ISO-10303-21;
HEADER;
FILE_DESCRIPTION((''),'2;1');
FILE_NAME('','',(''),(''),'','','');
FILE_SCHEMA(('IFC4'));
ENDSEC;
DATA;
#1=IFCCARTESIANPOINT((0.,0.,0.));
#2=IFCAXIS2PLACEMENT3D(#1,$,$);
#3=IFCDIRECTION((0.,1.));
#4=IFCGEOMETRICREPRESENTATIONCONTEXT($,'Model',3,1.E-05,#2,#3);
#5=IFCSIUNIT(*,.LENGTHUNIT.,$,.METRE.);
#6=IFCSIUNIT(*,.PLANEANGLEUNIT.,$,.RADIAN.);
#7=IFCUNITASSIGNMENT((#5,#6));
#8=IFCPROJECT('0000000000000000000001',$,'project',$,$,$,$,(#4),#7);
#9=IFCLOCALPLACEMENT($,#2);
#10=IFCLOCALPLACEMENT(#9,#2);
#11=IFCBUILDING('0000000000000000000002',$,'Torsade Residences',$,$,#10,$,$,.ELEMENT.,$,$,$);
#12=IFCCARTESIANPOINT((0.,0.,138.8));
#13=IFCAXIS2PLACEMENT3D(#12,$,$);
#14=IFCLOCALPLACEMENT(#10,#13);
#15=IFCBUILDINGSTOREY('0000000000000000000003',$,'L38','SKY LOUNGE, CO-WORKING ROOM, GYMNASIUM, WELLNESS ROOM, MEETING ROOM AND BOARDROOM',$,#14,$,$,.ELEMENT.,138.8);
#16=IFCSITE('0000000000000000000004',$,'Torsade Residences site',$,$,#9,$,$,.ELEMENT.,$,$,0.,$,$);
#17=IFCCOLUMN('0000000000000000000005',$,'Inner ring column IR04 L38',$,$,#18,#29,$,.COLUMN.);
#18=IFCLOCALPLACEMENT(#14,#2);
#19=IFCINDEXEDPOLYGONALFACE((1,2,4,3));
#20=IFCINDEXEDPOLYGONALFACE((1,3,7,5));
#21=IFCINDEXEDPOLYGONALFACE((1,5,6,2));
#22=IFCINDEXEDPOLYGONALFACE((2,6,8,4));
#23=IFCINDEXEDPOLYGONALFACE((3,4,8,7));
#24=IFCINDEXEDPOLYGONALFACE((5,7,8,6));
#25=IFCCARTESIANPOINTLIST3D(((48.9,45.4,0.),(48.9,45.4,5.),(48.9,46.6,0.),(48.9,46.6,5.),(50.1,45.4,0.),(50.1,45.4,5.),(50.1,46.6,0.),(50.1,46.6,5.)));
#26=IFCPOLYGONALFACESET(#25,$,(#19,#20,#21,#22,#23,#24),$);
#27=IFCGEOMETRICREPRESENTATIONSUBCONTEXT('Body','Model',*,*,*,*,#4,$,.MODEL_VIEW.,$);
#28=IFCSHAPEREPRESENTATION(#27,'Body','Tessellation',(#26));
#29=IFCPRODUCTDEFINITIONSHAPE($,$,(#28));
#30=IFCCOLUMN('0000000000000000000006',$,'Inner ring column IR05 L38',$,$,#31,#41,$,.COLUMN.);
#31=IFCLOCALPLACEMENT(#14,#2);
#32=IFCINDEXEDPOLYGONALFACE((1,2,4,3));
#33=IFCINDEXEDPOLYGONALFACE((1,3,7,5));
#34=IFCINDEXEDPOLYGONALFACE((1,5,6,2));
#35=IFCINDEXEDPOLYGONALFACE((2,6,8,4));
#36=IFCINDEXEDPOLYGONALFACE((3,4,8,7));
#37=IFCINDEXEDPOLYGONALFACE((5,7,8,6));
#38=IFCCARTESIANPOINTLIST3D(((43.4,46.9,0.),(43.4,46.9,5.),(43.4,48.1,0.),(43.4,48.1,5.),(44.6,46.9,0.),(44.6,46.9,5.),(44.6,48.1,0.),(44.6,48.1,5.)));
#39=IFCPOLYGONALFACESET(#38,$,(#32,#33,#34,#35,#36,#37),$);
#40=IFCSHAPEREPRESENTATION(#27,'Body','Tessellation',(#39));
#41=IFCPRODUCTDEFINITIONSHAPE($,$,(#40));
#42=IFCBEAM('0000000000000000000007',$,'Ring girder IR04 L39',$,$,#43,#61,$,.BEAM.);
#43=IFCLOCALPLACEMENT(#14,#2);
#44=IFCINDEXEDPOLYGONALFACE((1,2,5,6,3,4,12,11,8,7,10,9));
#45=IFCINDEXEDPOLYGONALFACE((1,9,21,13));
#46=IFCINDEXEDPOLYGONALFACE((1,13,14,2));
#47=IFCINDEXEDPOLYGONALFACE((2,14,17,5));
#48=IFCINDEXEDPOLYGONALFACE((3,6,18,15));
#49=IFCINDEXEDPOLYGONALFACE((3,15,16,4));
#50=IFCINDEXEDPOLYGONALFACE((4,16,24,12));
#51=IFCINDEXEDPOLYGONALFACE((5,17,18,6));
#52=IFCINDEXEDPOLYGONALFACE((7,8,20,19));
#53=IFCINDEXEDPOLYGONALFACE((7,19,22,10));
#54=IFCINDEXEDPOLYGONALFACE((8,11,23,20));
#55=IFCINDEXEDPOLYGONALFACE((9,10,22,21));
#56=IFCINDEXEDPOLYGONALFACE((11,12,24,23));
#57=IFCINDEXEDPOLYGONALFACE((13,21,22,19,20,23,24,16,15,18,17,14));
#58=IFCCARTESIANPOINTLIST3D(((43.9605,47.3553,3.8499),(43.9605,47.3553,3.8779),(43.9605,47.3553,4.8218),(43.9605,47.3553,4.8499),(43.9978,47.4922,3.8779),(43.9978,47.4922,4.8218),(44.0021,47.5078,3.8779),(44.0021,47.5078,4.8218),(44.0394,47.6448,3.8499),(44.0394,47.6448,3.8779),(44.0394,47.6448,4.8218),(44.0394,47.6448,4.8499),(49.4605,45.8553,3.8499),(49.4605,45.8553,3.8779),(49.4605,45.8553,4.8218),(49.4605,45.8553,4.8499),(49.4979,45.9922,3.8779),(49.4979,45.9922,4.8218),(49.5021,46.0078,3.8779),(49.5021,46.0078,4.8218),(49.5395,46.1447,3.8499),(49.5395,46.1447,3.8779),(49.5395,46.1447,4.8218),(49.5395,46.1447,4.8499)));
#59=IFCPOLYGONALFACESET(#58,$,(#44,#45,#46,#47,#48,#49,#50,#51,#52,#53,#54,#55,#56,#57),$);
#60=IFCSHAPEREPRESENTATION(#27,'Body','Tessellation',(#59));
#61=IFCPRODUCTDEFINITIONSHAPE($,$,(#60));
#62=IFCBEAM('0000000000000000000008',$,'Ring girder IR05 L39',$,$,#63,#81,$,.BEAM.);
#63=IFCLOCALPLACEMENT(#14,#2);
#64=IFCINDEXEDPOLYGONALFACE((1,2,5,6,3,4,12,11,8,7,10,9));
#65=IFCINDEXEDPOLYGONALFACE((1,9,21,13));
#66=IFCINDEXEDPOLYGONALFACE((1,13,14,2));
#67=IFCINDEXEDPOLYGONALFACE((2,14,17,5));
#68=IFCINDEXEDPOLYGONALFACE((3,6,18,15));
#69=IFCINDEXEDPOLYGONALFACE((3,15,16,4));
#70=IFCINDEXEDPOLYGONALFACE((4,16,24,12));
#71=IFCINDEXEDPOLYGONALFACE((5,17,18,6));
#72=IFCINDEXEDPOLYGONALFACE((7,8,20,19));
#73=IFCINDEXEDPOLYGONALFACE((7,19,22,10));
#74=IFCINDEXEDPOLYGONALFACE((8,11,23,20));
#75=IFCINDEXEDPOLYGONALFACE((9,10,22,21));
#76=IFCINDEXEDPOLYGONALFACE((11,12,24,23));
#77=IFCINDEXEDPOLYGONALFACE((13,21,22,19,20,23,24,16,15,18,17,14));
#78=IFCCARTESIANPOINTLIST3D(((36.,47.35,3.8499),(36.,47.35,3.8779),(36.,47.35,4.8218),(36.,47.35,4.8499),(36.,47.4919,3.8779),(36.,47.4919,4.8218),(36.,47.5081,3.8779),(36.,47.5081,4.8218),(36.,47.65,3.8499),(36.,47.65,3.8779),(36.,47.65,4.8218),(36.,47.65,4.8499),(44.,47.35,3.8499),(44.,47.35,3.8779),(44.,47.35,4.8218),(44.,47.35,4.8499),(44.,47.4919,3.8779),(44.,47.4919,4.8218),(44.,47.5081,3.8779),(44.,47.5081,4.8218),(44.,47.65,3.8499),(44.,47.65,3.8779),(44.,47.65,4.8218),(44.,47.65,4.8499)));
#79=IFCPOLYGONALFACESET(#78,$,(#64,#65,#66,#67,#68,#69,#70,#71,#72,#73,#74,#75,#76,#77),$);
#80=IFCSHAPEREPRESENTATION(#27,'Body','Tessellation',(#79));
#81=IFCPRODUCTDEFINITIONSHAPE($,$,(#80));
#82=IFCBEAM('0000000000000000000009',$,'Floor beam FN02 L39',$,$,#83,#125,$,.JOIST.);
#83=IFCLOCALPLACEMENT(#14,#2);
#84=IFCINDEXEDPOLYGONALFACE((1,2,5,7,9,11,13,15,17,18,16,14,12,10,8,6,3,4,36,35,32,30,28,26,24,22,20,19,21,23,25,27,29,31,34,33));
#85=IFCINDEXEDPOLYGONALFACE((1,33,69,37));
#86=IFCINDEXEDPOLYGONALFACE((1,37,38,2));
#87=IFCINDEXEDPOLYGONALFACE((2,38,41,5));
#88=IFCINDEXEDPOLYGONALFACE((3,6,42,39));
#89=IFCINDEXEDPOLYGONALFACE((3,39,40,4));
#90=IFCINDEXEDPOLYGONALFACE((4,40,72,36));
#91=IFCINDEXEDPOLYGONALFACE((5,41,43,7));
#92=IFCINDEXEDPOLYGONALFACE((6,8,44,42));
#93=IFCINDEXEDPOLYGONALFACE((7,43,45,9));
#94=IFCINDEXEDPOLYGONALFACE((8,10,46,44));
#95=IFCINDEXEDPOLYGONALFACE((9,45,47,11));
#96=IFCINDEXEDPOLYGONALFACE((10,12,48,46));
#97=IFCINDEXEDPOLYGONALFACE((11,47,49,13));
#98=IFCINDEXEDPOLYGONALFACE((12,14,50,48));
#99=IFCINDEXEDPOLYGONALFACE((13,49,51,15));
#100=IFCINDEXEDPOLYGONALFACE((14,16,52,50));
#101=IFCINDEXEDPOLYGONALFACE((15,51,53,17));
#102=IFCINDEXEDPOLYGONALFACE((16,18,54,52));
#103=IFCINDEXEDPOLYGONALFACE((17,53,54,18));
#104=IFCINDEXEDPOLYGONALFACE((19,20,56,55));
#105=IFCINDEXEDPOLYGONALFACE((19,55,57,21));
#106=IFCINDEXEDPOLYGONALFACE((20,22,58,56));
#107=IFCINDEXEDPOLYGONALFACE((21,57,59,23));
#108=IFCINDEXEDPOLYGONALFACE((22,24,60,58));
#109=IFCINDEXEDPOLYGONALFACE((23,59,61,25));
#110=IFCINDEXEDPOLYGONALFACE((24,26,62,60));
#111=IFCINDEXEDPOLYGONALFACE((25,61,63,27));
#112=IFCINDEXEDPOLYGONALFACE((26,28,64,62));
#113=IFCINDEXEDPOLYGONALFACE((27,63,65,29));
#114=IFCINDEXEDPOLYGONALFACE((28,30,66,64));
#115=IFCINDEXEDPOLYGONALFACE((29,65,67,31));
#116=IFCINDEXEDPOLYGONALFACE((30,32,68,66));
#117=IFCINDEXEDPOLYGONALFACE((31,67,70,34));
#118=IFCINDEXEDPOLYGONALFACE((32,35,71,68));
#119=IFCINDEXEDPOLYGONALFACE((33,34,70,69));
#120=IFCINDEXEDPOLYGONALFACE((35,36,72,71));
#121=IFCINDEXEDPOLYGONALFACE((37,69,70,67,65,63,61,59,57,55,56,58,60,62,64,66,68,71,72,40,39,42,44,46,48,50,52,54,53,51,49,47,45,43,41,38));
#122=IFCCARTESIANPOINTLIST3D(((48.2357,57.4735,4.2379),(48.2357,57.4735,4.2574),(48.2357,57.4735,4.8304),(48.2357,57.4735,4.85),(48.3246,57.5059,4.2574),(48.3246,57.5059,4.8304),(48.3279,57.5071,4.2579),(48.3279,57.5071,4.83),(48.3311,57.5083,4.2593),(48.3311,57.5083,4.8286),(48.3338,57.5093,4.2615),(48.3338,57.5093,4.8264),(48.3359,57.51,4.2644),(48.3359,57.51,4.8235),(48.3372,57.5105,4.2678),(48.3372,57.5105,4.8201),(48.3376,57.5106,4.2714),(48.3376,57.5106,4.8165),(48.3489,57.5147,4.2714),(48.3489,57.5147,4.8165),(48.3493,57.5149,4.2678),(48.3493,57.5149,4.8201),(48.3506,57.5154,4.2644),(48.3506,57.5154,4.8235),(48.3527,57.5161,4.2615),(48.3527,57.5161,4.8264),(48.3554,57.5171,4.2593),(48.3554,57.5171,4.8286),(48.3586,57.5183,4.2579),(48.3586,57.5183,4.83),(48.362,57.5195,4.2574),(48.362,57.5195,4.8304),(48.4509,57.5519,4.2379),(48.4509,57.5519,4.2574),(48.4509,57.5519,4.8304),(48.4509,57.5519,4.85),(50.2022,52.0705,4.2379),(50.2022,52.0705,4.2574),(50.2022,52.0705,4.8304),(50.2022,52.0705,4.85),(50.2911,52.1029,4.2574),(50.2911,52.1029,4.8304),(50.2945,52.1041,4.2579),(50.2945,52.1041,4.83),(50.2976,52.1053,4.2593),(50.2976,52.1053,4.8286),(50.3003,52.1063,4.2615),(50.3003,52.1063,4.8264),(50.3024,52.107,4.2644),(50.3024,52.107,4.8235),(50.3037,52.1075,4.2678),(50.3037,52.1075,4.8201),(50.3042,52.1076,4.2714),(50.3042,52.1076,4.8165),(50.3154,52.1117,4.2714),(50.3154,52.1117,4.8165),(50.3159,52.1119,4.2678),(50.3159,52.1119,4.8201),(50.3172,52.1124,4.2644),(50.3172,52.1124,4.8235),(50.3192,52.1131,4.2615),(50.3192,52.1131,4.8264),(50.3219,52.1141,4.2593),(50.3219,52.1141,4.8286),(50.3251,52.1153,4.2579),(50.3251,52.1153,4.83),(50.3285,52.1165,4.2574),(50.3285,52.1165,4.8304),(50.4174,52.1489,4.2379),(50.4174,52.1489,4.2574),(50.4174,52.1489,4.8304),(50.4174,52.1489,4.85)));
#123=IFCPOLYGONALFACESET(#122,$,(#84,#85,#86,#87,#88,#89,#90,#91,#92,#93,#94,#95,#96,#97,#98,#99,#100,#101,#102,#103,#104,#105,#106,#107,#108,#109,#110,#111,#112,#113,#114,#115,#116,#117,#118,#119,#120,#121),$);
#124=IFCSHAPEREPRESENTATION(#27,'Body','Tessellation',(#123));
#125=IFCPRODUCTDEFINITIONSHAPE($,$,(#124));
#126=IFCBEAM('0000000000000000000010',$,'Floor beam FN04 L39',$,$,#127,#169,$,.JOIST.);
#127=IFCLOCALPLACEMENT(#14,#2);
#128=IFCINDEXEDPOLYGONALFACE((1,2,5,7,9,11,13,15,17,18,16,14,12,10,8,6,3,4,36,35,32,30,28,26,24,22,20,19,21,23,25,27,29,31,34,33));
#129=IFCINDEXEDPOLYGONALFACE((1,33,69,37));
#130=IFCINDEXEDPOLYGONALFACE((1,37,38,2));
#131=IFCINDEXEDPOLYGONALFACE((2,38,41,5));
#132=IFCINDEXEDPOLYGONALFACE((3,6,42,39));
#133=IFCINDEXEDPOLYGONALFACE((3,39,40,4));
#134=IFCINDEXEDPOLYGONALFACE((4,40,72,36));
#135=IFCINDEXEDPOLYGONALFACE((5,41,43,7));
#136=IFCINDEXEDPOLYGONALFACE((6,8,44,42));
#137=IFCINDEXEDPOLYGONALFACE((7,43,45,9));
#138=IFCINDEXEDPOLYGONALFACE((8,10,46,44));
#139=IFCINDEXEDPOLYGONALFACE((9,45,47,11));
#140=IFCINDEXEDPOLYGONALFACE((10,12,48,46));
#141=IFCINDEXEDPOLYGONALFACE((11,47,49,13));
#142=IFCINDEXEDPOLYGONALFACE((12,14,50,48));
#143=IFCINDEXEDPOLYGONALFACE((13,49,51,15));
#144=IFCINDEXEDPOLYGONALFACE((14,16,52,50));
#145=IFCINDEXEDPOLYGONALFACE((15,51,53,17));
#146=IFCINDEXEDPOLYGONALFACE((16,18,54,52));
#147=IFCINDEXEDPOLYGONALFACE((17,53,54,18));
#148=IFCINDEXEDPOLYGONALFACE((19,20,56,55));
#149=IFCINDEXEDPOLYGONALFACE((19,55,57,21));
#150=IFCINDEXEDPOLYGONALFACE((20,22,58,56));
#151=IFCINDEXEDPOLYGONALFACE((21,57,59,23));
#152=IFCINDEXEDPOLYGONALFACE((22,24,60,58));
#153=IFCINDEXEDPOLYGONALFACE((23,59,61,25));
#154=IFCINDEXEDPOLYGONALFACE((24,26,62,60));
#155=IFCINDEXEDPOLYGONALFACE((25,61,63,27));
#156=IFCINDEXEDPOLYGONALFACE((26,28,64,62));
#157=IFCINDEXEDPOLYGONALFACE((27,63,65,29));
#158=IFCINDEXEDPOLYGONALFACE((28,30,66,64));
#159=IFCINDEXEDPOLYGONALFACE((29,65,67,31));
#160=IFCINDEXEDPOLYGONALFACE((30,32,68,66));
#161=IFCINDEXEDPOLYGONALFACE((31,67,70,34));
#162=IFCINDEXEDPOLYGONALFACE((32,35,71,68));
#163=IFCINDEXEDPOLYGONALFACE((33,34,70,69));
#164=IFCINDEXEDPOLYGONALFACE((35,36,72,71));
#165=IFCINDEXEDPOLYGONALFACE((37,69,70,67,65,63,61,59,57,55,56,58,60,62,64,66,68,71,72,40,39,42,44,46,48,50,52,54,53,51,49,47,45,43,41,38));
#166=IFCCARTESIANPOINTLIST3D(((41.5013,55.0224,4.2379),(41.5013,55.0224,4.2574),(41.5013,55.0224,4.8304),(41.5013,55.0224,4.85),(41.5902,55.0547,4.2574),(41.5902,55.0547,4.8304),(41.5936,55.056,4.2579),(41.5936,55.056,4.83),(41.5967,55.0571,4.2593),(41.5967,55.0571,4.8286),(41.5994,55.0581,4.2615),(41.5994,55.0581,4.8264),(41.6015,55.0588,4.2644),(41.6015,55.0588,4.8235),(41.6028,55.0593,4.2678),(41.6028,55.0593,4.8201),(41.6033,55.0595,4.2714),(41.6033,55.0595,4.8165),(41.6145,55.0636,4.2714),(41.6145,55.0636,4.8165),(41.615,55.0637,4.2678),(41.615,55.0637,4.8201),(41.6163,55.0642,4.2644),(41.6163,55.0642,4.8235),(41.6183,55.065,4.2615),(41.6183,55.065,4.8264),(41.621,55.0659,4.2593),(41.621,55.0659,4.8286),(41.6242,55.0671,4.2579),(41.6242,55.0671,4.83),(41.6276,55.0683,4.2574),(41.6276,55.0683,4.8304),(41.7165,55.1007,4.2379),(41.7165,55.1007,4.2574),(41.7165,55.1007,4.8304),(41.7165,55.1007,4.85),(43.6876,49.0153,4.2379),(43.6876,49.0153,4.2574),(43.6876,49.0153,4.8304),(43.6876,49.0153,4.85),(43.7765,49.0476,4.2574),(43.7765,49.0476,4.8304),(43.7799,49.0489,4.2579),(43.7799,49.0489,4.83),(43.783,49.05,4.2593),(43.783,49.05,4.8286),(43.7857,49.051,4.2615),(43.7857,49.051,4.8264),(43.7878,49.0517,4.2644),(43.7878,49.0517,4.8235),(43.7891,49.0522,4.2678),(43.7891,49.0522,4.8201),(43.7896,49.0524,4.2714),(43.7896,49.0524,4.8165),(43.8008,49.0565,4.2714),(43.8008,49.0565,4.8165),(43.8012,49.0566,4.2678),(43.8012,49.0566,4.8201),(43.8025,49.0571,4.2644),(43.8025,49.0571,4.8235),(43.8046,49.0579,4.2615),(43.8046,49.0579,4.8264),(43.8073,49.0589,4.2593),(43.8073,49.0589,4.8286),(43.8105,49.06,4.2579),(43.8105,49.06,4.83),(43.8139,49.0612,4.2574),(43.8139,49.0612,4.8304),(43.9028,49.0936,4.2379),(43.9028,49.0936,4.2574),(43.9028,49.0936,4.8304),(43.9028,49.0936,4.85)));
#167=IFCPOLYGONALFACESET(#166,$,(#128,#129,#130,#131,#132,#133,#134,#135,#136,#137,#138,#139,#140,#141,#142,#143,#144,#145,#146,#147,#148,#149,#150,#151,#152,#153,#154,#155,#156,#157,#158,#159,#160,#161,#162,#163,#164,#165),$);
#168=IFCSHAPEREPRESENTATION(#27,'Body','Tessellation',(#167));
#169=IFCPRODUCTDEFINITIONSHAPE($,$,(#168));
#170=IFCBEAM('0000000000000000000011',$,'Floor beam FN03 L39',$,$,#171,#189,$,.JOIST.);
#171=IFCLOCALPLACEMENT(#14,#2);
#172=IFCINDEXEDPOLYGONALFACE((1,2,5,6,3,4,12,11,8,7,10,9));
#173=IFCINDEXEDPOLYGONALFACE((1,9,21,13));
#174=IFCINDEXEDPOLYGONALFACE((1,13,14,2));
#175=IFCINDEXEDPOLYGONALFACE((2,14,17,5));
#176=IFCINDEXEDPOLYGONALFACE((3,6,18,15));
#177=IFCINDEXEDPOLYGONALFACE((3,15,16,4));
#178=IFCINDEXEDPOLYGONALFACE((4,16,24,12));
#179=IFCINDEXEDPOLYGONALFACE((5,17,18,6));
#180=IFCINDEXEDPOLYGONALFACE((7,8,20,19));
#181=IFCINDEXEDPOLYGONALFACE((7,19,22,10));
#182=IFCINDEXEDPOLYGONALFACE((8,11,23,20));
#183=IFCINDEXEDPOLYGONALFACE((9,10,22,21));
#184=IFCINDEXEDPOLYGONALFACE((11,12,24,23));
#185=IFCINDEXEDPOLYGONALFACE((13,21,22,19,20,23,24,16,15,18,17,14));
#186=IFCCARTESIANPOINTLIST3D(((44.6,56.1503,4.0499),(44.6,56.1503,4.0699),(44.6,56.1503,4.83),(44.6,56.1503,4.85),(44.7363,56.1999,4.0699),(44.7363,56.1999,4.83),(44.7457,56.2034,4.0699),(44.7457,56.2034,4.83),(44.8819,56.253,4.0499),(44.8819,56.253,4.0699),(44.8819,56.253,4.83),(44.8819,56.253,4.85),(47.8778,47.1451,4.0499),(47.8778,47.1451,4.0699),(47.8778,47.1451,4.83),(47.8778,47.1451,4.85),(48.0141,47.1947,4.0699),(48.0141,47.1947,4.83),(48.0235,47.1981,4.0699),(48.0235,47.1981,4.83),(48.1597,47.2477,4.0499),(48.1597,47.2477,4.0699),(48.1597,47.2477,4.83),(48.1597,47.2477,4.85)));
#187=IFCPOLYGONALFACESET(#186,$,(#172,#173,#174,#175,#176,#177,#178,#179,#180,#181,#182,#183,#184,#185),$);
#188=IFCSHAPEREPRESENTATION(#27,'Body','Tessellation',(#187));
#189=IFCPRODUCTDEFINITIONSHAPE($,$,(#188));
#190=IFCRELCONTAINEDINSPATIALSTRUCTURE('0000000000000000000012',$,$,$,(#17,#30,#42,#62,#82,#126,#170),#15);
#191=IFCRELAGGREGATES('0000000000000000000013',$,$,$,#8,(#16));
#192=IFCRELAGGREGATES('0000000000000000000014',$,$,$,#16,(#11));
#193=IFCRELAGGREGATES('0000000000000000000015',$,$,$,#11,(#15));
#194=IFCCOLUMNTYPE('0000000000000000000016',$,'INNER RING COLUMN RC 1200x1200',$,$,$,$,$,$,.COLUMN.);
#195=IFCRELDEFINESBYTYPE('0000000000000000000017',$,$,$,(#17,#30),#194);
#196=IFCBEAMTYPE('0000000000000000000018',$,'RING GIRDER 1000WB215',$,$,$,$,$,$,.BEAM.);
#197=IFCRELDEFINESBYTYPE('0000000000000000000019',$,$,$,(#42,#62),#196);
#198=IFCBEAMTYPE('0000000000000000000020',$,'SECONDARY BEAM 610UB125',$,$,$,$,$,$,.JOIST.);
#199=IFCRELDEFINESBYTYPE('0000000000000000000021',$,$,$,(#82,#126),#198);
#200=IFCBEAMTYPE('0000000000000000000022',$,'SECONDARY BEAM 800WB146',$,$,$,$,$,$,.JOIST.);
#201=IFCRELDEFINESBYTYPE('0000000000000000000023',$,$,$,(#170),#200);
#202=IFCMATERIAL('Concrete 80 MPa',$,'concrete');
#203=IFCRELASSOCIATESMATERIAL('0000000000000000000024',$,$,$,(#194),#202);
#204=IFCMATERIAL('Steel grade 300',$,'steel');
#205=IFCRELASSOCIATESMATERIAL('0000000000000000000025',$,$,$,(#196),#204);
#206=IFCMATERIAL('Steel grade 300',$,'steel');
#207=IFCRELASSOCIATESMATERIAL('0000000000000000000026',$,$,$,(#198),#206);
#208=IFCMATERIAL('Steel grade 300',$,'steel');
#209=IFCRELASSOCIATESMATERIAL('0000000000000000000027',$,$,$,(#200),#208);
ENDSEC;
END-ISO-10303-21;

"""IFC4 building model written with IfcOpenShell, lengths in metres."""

from ifc_helpers import new_model, si_unit, direction, frame, origin, origin_2d, place, context, subcontext, project, spatial, rectangle, i_section, extrude, material, material_profile, profile_set, type_object, element, save


model = new_model("IFC4")

# Units and contexts
model_context = context("Model", 3, precision=1e-05, world=origin(), true_north=direction((0.0, 1.0)))
body_context = subcontext(model_context, "Body", "Model", "MODEL_VIEW")
ifc_project = project(units=[si_unit("LENGTHUNIT", "METRE"), si_unit("PLANEANGLEUNIT", "RADIAN")], contexts=[model_context])

# Site, building, storey
site_placement = place(None, origin())
site = spatial("IfcSite", under=ifc_project, at=site_placement, Name="Torsade Residences site", CompositionType="ELEMENT", RefElevation=0.0)
building_placement = place(site_placement, origin())
building = spatial("IfcBuilding", under=site, at=building_placement, Name="Torsade Residences", CompositionType="ELEMENT")
storey_placement = place(building_placement, frame((0.0, 0.0, 138.8)))
storey = spatial("IfcBuildingStorey", under=building, at=storey_placement, Name="L38", Description="SKY LOUNGE, CO-WORKING ROOM, GYMNASIUM, WELLNESS ROOM, MEETING ROOM AND BOARDROOM", CompositionType="ELEMENT", Elevation=138.8)

# Columns
ifc_material_1 = material(Name="Concrete 80 MPa", Category="concrete")
ifc_material_profile_1 = material_profile(ifc_material_1, rectangle(XDim=1.2, YDim=1.2, at=origin_2d()), Name="RC 1200x1200")
ifc_profile_set_1 = profile_set([ifc_material_profile_1], Name="Concrete 80 MPa")
column_type = type_object("IfcColumnType", Name="INNER RING COLUMN RC 1200x1200", PredefinedType="COLUMN", material=ifc_profile_set_1)
for number, where, z_axis, x_axis, name in (
    (1, (49.5, 46.0, 0.0), (0.0, 0.0, 1.0), (1.0, 0.0, 0.0), "Inner ring column IR04 L38"),
    (2, (44.0, 47.5, 0.0), (0.0, 0.0, 1.0), (1.0, 0.0, 0.0), "Inner ring column IR05 L38"),
):
    element("IfcColumn", number, at=place(storey_placement, frame(where, z_axis=z_axis, x_axis=x_axis)), inside=storey, type_object=column_type, Name=name, PredefinedType="COLUMN", context=body_context, shape_type="SweptSolid", body=[
        extrude(rectangle(XDim=1.2, YDim=1.2, at=origin_2d()), origin(), (0.0, 0.0, 1.0), 5.0),
    ])

# Beams
ifc_material_2 = material(Name="Steel grade 300", Category="steel")
ifc_material_profile_2 = material_profile(ifc_material_2, i_section(OverallWidth=0.3, OverallDepth=1.0, WebThickness=0.0161, FlangeThickness=0.0281, at=origin_2d()), Name="1000WB215")
ifc_profile_set_2 = profile_set([ifc_material_profile_2], Name="Steel grade 300")
beam_type_1 = type_object("IfcBeamType", Name="RING GIRDER 1000WB215", PredefinedType="BEAM", material=ifc_profile_set_2)
beam_1_placement = place(storey_placement, frame((49.5, 46.0, 4.3499), z_axis=(-0.964764, 0.263117, 0.0), x_axis=(-0.263117, -0.964764, 0.0)))
element("IfcBeam", 3, at=beam_1_placement, inside=storey, type_object=beam_type_1, Name="Ring girder IR04 L39", PredefinedType="BEAM", context=body_context, shape_type="SweptSolid", body=[
    extrude(i_section(OverallWidth=0.3, OverallDepth=1.0, WebThickness=0.0161, FlangeThickness=0.0281, at=origin_2d()), origin(), (0.0, 0.0, 1.0), 5.7009),
])
beam_2_placement = place(storey_placement, frame((44.0, 47.5, 4.3499), z_axis=(-1.0, 0.0, 0.0), x_axis=(0.0, -1.0, 0.0)))
element("IfcBeam", 4, at=beam_2_placement, inside=storey, type_object=beam_type_1, Name="Ring girder IR05 L39", PredefinedType="BEAM", context=body_context, shape_type="SweptSolid", body=[
    extrude(i_section(OverallWidth=0.3, OverallDepth=1.0, WebThickness=0.0161, FlangeThickness=0.0281, at=origin_2d()), origin(), (0.0, 0.0, 1.0), 8.0),
])
ifc_material_3 = material(Name="Steel grade 300", Category="steel")
ifc_material_profile_3 = material_profile(ifc_material_3, i_section(OverallWidth=0.229, OverallDepth=0.6121, WebThickness=0.012, FlangeThickness=0.0195, FilletRadius=0.0139, at=origin_2d()), Name="610UB125")
ifc_profile_set_3 = profile_set([ifc_material_profile_3], Name="Steel grade 300")
beam_type_2 = type_object("IfcBeamType", Name="SECONDARY BEAM 610UB125", PredefinedType="JOIST", material=ifc_profile_set_3)
beam_3_placement = place(storey_placement, frame((48.3433, 57.5127, 4.5439), z_axis=(0.342019, -0.939693, 0.0), x_axis=(0.939693, 0.342019, 0.0)))
element("IfcBeam", 5, at=beam_3_placement, inside=storey, type_object=beam_type_2, Name="Floor beam FN02 L39", PredefinedType="JOIST", context=body_context, shape_type="SweptSolid", body=[
    extrude(i_section(OverallWidth=0.229, OverallDepth=0.6121, WebThickness=0.012, FlangeThickness=0.0195, FilletRadius=0.0139, at=origin_2d()), origin(), (0.0, 0.0, 1.0), 5.7498),
])
beam_4_placement = place(storey_placement, frame((41.6089, 55.0615, 4.5439), z_axis=(0.342004, -0.939699, 0.0), x_axis=(0.939699, 0.342004, 0.0)))
element("IfcBeam", 6, at=beam_4_placement, inside=storey, type_object=beam_type_2, Name="Floor beam FN04 L39", PredefinedType="JOIST", context=body_context, shape_type="SweptSolid", body=[
    extrude(i_section(OverallWidth=0.229, OverallDepth=0.6121, WebThickness=0.012, FlangeThickness=0.0195, FilletRadius=0.0139, at=origin_2d()), origin(), (0.0, 0.0, 1.0), 6.3926),
])
ifc_material_4 = material(Name="Steel grade 300", Category="steel")
ifc_material_profile_4 = material_profile(ifc_material_4, i_section(OverallWidth=0.3, OverallDepth=0.8, WebThickness=0.01, FlangeThickness=0.02, at=origin_2d()), Name="800WB146")
ifc_profile_set_4 = profile_set([ifc_material_profile_4], Name="Steel grade 300")
beam_type_3 = type_object("IfcBeamType", Name="SECONDARY BEAM 800WB146", PredefinedType="JOIST", material=ifc_profile_set_4)
beam_5_placement = place(storey_placement, frame((44.741, 56.2017, 4.45), z_axis=(0.342034, -0.939688, 0.0), x_axis=(0.939688, 0.342034, 0.0)))
element("IfcBeam", 7, at=beam_5_placement, inside=storey, type_object=beam_type_3, Name="Floor beam FN03 L39", PredefinedType="JOIST", context=body_context, shape_type="SweptSolid", body=[
    extrude(i_section(OverallWidth=0.3, OverallDepth=0.8, WebThickness=0.01, FlangeThickness=0.02, at=origin_2d()), origin(), (0.0, 0.0, 1.0), 9.5833),
])

save(model, "model.ifc")
